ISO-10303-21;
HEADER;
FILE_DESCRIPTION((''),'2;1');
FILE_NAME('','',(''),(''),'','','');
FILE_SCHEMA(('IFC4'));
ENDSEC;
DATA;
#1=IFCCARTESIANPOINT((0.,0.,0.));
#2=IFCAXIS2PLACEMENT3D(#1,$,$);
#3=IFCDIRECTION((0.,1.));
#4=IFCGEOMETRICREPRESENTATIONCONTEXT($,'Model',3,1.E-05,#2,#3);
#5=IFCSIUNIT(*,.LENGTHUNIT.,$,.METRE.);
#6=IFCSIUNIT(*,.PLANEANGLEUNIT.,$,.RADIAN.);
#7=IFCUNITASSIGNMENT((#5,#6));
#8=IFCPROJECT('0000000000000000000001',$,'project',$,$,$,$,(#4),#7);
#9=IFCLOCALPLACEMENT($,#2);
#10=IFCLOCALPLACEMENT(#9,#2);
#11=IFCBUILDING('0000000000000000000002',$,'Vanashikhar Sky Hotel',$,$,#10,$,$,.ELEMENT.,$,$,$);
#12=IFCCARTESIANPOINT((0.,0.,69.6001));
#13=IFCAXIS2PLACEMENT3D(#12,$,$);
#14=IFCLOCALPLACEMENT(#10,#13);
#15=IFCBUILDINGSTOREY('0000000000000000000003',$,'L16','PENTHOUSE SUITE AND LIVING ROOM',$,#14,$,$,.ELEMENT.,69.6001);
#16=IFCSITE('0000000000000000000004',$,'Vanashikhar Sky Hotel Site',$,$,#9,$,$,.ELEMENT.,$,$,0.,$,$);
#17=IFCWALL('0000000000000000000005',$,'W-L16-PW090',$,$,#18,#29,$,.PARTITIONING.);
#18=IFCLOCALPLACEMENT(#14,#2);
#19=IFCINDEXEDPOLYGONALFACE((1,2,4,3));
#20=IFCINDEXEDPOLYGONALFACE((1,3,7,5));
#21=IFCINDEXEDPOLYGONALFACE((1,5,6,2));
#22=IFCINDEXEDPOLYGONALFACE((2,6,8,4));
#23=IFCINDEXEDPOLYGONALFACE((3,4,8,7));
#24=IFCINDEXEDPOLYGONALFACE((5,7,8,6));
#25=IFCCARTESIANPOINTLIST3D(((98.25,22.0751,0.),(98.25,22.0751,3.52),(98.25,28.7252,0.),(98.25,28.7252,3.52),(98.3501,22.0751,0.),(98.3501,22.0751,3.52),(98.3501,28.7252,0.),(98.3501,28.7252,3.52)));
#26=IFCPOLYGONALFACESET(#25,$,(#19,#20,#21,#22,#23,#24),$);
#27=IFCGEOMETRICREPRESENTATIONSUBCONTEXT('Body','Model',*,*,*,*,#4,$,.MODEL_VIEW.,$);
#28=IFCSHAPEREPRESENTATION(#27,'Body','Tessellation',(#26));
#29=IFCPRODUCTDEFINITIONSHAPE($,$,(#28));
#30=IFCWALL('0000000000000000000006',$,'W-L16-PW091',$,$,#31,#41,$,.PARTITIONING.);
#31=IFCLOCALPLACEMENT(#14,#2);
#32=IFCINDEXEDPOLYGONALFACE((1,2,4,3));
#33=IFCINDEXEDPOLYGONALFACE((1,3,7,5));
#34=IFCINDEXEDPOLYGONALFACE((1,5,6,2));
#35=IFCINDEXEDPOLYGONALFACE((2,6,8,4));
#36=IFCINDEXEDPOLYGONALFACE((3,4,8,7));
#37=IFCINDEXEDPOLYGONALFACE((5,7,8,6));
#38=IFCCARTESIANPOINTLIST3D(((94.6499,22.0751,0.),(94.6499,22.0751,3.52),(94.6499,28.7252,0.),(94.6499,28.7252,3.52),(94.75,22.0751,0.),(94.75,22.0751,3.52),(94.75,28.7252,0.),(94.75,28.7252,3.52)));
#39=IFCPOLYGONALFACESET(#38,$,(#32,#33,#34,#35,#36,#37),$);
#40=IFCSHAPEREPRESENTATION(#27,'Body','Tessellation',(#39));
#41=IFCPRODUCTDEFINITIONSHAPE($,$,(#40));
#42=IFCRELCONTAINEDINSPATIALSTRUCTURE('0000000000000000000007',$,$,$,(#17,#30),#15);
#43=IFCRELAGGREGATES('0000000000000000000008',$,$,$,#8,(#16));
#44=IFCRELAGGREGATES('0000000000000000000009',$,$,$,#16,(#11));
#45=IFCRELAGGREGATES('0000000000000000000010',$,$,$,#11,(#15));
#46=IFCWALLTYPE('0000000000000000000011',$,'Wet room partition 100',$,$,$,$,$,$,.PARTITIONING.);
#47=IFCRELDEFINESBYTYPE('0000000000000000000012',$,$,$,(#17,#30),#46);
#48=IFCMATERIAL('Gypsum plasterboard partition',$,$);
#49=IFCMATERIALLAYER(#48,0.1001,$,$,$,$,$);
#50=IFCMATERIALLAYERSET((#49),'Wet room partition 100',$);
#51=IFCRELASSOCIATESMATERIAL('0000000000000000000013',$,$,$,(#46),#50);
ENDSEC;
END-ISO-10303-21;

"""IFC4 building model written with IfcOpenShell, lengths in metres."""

from ifc_helpers import new_model, si_unit, direction, frame, frame_2d, origin, place, context, subcontext, project, spatial, rectangle, extrude, source, transform, mapped, material, layer, layer_set, type_object, element, save


model = new_model("IFC4")

# Units and contexts
model_context = context("Model", 3, precision=1e-05, world=origin(), true_north=direction((0.0, 1.0)))
body_context = subcontext(model_context, "Body", "Model", "MODEL_VIEW")
ifc_project = project(units=[si_unit("LENGTHUNIT", "METRE"), si_unit("PLANEANGLEUNIT", "RADIAN")], contexts=[model_context])

# Site, building, storey
site_placement = place(None, origin())
site = spatial("IfcSite", under=ifc_project, at=site_placement, Name="Vanashikhar Sky Hotel Site", CompositionType="ELEMENT", RefElevation=0.0)
building_placement = place(site_placement, origin())
building = spatial("IfcBuilding", under=site, at=building_placement, Name="Vanashikhar Sky Hotel", CompositionType="ELEMENT")
storey_placement = place(building_placement, frame((0.0, 0.0, 69.6001)))
storey = spatial("IfcBuildingStorey", under=building, at=storey_placement, Name="L16", Description="PENTHOUSE SUITE AND LIVING ROOM", CompositionType="ELEMENT", Elevation=69.6001)

# Shared definitions
ifc_material_1 = material(Name="Gypsum plasterboard partition")
ifc_layer_1 = layer(ifc_material_1, 0.1001)
ifc_layer_set_1 = layer_set([ifc_layer_1], Name="Wet room partition 100")
wall_type_1 = type_object("IfcWallType", Name="Wet room partition 100", PredefinedType="PARTITIONING", material=ifc_layer_set_1)

# Walls
shared_shape_1 = source(origin(), body_context, "Body", "SweptSolid", [
    extrude(rectangle(XDim=6.6501, YDim=0.1001, at=frame_2d((3.3252, 0.0))), origin(), (0.0, 0.0, 1.0), 3.52),
])
for number, where, z_axis, x_axis, name in (
    (1, (98.3, 22.075, 0.0), (0.0, 0.0, 1.0), (0.0, 1.0, 0.0), "W-L16-PW090"),
    (2, (94.7, 22.075, 0.0), (0.0, 0.0, 1.0), (0.0, 1.0, 0.0), "W-L16-PW091"),
):
    element("IfcWall", number, at=place(storey_placement, frame(where, z_axis=z_axis, x_axis=x_axis)), inside=storey, type_object=wall_type_1, Name=name, PredefinedType="PARTITIONING", context=body_context, shape_type="MappedRepresentation", body=[
        mapped(shared_shape_1, transform((0.0, 0.0, 0.0), scale=1.0)),
    ])

save(model, "model.ifc")
